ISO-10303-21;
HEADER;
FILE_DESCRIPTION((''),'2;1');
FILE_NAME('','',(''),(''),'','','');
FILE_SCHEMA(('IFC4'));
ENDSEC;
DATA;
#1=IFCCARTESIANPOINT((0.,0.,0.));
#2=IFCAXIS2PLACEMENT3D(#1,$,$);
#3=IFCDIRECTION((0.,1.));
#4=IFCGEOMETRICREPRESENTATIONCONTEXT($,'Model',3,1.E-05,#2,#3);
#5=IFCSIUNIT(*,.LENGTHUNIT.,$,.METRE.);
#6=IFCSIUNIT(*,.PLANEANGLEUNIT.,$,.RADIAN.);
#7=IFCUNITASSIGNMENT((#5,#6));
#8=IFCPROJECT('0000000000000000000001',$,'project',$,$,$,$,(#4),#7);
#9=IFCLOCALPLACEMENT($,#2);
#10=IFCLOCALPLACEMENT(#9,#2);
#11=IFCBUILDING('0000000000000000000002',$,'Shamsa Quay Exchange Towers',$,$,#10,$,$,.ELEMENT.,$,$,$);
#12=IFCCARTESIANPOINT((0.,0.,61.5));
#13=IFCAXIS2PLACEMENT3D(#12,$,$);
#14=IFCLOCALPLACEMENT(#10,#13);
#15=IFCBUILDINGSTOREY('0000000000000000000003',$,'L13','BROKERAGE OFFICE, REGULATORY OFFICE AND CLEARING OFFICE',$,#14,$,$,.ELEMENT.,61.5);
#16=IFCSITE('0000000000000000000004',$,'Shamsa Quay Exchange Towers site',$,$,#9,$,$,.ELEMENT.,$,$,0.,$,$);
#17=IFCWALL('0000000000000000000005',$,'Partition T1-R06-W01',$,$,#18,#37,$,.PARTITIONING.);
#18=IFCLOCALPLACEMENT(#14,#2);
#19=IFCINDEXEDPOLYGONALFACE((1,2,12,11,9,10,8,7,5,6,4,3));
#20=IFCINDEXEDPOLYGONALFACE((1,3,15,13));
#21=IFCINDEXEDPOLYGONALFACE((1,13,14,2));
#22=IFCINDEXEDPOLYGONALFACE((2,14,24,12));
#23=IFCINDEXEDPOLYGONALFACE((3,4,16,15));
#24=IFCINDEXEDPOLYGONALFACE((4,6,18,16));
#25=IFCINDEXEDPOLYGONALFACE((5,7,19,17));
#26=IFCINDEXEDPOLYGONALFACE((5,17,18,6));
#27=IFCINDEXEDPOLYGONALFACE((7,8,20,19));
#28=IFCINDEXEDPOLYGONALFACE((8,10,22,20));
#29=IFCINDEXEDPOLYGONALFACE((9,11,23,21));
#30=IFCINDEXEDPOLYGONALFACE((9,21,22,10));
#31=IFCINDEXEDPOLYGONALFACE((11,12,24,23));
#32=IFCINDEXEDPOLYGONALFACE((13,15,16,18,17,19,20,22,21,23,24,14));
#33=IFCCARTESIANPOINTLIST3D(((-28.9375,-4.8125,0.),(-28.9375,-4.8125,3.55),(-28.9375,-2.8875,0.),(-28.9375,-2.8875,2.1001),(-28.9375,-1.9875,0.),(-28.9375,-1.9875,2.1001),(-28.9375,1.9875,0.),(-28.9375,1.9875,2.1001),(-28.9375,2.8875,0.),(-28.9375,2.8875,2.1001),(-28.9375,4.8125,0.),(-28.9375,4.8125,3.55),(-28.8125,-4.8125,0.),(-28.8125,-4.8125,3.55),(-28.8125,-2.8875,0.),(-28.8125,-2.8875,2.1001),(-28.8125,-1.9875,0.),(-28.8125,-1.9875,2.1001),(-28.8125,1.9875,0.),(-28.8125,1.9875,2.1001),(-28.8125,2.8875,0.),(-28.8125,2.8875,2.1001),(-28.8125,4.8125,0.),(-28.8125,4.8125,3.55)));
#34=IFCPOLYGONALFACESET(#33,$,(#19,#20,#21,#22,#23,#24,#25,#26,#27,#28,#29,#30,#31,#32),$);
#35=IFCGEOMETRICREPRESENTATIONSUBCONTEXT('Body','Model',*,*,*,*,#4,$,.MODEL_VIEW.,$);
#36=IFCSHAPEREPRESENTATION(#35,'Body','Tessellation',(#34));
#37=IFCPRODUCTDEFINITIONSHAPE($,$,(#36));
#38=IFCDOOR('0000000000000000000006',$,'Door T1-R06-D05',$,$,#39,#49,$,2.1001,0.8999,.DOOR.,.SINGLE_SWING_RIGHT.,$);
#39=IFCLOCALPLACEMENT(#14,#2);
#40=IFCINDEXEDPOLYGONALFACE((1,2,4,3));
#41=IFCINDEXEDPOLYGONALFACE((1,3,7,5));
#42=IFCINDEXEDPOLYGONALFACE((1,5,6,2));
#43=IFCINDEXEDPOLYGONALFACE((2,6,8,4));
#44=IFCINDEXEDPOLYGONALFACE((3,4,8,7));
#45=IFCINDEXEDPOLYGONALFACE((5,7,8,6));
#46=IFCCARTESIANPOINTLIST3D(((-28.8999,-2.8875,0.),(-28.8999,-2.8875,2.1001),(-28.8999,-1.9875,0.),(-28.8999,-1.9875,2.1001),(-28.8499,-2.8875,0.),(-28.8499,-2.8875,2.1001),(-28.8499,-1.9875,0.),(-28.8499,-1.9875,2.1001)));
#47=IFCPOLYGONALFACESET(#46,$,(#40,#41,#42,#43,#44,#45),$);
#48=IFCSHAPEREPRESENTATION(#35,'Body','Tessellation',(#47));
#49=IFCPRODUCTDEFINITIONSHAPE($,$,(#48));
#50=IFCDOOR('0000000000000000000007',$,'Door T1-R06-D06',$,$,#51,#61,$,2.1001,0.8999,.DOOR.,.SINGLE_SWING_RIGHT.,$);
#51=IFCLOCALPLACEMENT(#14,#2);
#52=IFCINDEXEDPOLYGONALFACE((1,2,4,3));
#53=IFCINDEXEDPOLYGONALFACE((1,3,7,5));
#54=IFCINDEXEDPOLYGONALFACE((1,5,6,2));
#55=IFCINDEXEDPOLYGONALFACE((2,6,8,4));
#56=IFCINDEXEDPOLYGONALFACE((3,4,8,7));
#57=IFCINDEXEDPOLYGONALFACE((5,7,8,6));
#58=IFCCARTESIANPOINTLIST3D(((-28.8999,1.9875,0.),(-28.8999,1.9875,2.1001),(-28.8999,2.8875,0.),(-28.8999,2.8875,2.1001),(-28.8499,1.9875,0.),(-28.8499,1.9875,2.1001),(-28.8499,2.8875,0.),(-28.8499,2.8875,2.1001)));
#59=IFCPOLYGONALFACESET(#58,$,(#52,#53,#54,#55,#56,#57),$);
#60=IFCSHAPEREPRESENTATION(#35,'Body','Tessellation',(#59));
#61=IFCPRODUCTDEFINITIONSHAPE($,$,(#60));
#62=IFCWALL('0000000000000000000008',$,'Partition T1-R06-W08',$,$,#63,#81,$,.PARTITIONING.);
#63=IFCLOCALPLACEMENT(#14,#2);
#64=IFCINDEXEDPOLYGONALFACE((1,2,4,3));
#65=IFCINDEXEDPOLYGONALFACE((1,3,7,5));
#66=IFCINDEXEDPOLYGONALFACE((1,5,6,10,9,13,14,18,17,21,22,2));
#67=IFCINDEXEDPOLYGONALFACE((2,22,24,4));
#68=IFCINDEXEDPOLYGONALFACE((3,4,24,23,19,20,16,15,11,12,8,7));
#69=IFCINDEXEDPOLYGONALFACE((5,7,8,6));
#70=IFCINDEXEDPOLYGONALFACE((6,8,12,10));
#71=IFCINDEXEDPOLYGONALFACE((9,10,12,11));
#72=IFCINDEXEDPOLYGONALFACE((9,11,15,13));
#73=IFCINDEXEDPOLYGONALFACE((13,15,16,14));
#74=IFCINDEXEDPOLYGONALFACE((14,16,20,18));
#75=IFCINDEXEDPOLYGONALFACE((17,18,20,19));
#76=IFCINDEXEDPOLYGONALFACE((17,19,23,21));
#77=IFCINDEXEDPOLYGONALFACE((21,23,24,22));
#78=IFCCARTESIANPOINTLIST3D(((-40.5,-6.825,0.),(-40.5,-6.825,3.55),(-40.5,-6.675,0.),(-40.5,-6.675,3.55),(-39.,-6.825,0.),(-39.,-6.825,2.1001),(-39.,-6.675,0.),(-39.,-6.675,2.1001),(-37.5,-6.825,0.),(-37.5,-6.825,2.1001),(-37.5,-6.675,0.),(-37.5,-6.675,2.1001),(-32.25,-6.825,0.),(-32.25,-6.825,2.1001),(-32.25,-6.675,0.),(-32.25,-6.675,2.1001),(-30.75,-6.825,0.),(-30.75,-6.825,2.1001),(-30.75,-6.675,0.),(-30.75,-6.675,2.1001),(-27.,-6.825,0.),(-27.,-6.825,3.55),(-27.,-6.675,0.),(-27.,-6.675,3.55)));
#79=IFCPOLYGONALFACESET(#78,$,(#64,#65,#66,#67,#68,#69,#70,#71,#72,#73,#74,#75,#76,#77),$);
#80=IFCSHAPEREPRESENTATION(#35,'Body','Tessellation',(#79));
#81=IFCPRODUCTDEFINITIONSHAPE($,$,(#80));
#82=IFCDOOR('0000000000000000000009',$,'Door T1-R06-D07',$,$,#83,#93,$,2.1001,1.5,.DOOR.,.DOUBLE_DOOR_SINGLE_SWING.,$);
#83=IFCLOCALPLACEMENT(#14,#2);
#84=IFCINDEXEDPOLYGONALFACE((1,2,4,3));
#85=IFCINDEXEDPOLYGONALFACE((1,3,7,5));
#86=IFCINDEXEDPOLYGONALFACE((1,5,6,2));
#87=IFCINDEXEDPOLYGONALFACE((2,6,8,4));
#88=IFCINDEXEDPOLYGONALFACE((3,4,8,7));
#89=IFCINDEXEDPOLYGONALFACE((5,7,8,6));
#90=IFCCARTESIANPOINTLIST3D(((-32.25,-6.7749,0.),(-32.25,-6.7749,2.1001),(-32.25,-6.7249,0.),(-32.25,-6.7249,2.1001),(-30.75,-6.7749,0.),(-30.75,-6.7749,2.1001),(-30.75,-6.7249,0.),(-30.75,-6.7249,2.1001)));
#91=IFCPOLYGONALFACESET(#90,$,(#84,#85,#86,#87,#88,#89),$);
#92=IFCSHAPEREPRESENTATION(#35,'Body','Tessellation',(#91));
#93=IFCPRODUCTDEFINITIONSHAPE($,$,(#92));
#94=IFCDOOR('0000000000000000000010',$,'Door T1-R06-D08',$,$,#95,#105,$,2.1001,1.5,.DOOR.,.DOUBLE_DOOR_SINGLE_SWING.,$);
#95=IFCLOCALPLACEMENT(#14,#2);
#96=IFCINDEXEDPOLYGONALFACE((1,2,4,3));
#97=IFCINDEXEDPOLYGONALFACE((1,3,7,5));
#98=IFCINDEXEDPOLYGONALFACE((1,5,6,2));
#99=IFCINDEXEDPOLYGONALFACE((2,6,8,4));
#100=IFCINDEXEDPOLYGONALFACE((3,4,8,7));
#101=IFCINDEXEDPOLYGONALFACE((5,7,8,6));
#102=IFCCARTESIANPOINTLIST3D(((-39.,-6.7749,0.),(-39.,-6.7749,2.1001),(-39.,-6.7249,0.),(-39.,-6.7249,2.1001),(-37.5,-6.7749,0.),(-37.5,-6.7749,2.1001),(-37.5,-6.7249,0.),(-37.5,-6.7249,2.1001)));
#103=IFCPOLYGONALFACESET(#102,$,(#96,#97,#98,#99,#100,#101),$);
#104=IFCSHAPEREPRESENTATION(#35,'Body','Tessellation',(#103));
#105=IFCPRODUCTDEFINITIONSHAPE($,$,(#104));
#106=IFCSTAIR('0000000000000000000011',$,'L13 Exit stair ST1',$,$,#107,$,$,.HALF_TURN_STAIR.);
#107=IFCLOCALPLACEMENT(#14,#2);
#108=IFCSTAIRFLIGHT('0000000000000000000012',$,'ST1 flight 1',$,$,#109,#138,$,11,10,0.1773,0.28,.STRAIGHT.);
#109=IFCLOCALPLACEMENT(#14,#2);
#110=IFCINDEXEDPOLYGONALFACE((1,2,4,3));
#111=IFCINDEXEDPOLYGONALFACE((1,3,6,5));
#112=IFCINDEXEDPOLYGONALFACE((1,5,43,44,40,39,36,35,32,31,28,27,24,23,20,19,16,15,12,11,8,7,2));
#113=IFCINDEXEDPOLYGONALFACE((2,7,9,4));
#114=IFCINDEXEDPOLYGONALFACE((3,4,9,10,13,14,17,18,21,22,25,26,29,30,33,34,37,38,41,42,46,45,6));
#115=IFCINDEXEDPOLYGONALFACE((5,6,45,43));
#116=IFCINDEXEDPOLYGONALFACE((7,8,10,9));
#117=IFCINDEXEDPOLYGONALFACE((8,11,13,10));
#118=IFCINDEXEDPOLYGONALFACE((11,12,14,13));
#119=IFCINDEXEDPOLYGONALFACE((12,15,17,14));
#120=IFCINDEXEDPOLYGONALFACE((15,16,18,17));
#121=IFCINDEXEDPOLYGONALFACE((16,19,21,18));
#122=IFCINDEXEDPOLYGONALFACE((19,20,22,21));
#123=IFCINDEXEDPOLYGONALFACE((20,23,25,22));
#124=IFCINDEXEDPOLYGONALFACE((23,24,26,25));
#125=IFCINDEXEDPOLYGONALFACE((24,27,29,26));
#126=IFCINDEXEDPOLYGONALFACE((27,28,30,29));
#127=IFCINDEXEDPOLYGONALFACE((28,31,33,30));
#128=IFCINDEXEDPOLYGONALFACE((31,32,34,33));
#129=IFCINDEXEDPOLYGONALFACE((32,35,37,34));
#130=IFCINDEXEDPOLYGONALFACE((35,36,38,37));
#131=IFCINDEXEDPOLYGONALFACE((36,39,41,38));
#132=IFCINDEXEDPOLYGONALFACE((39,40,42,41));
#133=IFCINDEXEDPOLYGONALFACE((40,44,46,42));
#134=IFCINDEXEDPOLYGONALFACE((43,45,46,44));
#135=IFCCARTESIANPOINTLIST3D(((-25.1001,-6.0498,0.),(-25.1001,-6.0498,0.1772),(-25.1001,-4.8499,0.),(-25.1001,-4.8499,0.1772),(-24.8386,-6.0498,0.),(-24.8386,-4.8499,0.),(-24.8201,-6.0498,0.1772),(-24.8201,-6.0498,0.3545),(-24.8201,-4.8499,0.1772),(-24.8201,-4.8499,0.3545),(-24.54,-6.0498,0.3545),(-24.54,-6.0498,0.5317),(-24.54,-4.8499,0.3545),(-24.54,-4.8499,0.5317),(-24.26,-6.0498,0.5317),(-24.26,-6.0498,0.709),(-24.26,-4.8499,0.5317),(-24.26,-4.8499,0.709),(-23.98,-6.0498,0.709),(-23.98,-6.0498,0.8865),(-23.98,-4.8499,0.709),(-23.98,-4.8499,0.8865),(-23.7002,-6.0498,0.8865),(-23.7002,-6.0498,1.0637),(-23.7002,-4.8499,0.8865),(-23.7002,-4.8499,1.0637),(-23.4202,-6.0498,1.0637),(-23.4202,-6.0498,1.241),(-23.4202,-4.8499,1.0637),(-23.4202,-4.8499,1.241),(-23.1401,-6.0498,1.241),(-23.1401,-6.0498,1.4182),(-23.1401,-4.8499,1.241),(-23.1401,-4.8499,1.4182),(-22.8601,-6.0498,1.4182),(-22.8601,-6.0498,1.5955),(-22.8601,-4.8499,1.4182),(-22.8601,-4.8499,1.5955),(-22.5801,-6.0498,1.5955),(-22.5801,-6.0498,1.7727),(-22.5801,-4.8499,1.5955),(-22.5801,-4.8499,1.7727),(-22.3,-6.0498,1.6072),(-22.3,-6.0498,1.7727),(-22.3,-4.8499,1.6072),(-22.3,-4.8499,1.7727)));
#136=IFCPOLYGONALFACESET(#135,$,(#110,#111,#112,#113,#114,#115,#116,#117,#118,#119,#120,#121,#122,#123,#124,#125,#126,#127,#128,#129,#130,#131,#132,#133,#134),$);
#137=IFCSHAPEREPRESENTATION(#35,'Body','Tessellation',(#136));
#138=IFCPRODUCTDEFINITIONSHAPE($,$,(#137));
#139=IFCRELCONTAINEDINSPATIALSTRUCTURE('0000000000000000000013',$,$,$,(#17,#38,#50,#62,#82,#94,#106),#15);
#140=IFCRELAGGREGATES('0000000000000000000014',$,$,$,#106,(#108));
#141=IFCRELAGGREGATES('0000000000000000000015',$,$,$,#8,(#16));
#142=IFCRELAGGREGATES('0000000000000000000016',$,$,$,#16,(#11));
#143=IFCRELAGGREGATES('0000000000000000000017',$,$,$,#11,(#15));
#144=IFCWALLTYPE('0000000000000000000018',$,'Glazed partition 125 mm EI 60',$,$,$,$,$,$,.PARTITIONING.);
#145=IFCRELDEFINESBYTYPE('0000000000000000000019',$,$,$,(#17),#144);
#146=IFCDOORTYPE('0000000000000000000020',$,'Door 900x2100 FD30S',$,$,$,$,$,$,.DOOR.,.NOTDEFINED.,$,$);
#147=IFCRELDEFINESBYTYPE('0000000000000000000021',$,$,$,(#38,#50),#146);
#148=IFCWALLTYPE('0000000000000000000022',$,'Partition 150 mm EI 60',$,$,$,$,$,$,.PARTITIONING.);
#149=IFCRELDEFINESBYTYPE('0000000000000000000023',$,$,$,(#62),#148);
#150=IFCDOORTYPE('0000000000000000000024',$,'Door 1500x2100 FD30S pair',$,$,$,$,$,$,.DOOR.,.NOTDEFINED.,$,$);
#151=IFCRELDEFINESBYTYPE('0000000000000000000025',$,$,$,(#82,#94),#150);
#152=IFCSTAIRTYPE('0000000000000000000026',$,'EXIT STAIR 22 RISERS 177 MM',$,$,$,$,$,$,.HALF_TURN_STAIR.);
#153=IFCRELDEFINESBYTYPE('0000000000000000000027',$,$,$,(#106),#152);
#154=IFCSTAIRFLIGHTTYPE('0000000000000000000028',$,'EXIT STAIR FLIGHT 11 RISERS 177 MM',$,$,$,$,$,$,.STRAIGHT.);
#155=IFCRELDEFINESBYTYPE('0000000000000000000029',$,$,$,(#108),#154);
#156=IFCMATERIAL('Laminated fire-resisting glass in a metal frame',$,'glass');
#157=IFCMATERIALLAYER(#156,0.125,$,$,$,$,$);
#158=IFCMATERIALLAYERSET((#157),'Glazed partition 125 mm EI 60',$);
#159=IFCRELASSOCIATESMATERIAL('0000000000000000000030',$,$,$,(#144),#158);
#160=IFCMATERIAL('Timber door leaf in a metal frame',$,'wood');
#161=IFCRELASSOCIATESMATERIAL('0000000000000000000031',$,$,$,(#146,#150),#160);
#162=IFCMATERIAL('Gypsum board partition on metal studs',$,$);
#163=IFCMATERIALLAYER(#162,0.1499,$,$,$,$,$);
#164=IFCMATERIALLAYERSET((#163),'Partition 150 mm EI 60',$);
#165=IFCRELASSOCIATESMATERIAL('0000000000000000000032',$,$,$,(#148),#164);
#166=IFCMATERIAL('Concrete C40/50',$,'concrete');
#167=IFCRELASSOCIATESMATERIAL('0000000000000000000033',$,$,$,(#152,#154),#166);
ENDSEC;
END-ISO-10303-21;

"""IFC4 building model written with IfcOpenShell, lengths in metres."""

from ifc_helpers import new_model, si_unit, direction, frame, frame_2d, origin, place, context, subcontext, project, spatial, polyline, rectangle, outline, extrude, material, layer, layer_set, type_object, element, fill, aggregate, save


model = new_model("IFC4")

# Units and contexts
model_context = context("Model", 3, precision=1e-05, world=origin(), true_north=direction((0.0, 1.0)))
body_context = subcontext(model_context, "Body", "Model", "MODEL_VIEW")
ifc_project = project(units=[si_unit("LENGTHUNIT", "METRE"), si_unit("PLANEANGLEUNIT", "RADIAN")], contexts=[model_context])

# Site, building, storey
site_placement = place(None, origin())
site = spatial("IfcSite", under=ifc_project, at=site_placement, Name="Shamsa Quay Exchange Towers site", CompositionType="ELEMENT", RefElevation=0.0)
building_placement = place(site_placement, origin())
building = spatial("IfcBuilding", under=site, at=building_placement, Name="Shamsa Quay Exchange Towers", CompositionType="ELEMENT")
storey_placement = place(building_placement, frame((0.0, 0.0, 61.5)))
storey = spatial("IfcBuildingStorey", under=building, at=storey_placement, Name="L13", Description="BROKERAGE OFFICE, REGULATORY OFFICE AND CLEARING OFFICE", CompositionType="ELEMENT", Elevation=61.5)

# Walls, openings, doors
ifc_material_1 = material(Name="Laminated fire-resisting glass in a metal frame", Category="glass")
ifc_layer_1 = layer(ifc_material_1, 0.125)
ifc_layer_set_1 = layer_set([ifc_layer_1], Name="Glazed partition 125 mm EI 60")
wall_type_1 = type_object("IfcWallType", Name="Glazed partition 125 mm EI 60", PredefinedType="PARTITIONING", material=ifc_layer_set_1)
wall_1_placement = place(storey_placement, frame((-28.875, -4.8125, 0.0), z_axis=(0.0, 0.0, 1.0), x_axis=(0.0, 1.0, 0.0)))
wall_1 = element("IfcWall", 1, at=wall_1_placement, inside=storey, type_object=wall_type_1, Name="Partition T1-R06-W01", PredefinedType="PARTITIONING", context=body_context, shape_type="SweptSolid", body=[
    extrude(rectangle(XDim=9.625, YDim=0.125, at=frame_2d((4.8125, 0.0))), origin(), (0.0, 0.0, 1.0), 3.55),
])
opening_1_placement = place(wall_1_placement, frame((1.925, 0.0, 0.0)))
opening_1 = element("IfcOpeningElement", 2, at=opening_1_placement, cuts=wall_1, PredefinedType="OPENING", context=body_context, shape_type="SweptSolid", body=[
    extrude(rectangle(XDim=0.8999, YDim=2.1001, at=frame_2d((0.45, 1.05))), frame((0.0, 0.0725, 0.0), z_axis=(0.0, -1.0, 0.0), x_axis=(1.0, 0.0, 0.0)), (0.0, 0.0, 1.0), 0.145),
])
opening_2_placement = place(wall_1_placement, frame((6.8, 0.0, 0.0)))
opening_2 = element("IfcOpeningElement", 3, at=opening_2_placement, cuts=wall_1, PredefinedType="OPENING", context=body_context, shape_type="SweptSolid", body=[
    extrude(rectangle(XDim=0.8999, YDim=2.1001, at=frame_2d((0.45, 1.05))), frame((0.0, 0.0725, 0.0), z_axis=(0.0, -1.0, 0.0), x_axis=(1.0, 0.0, 0.0)), (0.0, 0.0, 1.0), 0.145),
])
ifc_material_2 = material(Name="Timber door leaf in a metal frame", Category="wood")
door_type_1 = type_object("IfcDoorType", Name="Door 900x2100 FD30S", OperationType="NOTDEFINED", PredefinedType="DOOR", material=ifc_material_2)
door_1_placement = place(opening_1_placement, origin())
door_1 = element("IfcDoor", 4, at=door_1_placement, inside=storey, type_object=door_type_1, Name="Door T1-R06-D05", OperationType="SINGLE_SWING_RIGHT", OverallHeight=2.1001, OverallWidth=0.8999, PredefinedType="DOOR", context=body_context, shape_type="SweptSolid", body=[
    extrude(rectangle(XDim=0.8999, YDim=2.1001, at=frame_2d((0.45, 1.05))), frame((0.0, 0.0249, 0.0), z_axis=(0.0, -1.0, 0.0), x_axis=(1.0, 0.0, 0.0)), (0.0, 0.0, 1.0), 0.05),
])
fill(opening_1, door_1)
door_2_placement = place(opening_2_placement, origin())
door_2 = element("IfcDoor", 5, at=door_2_placement, inside=storey, type_object=door_type_1, Name="Door T1-R06-D06", OperationType="SINGLE_SWING_RIGHT", OverallHeight=2.1001, OverallWidth=0.8999, PredefinedType="DOOR", context=body_context, shape_type="SweptSolid", body=[
    extrude(rectangle(XDim=0.8999, YDim=2.1001, at=frame_2d((0.45, 1.05))), frame((0.0, 0.0249, 0.0), z_axis=(0.0, -1.0, 0.0), x_axis=(1.0, 0.0, 0.0)), (0.0, 0.0, 1.0), 0.05),
])
fill(opening_2, door_2)
ifc_material_3 = material(Name="Gypsum board partition on metal studs")
ifc_layer_2 = layer(ifc_material_3, 0.1499)
ifc_layer_set_2 = layer_set([ifc_layer_2], Name="Partition 150 mm EI 60")
wall_type_2 = type_object("IfcWallType", Name="Partition 150 mm EI 60", PredefinedType="PARTITIONING", material=ifc_layer_set_2)
wall_2_placement = place(storey_placement, frame((-27.0, -6.75, 0.0), z_axis=(0.0, 0.0, 1.0), x_axis=(-1.0, 0.0, 0.0)))
wall_2 = element("IfcWall", 6, at=wall_2_placement, inside=storey, type_object=wall_type_2, Name="Partition T1-R06-W08", PredefinedType="PARTITIONING", context=body_context, shape_type="SweptSolid", body=[
    extrude(rectangle(XDim=13.5, YDim=0.1499, at=frame_2d((6.75, 0.0))), origin(), (0.0, 0.0, 1.0), 3.55),
])
opening_3_placement = place(wall_2_placement, frame((3.75, 0.0, 0.0)))
opening_3 = element("IfcOpeningElement", 7, at=opening_3_placement, cuts=wall_2, PredefinedType="OPENING", context=body_context, shape_type="SweptSolid", body=[
    extrude(rectangle(XDim=1.5, YDim=2.1001, at=frame_2d((0.75, 1.05))), frame((0.0, 0.085, 0.0), z_axis=(0.0, -1.0, 0.0), x_axis=(1.0, 0.0, 0.0)), (0.0, 0.0, 1.0), 0.1699),
])
opening_4_placement = place(wall_2_placement, frame((10.5, 0.0, 0.0)))
opening_4 = element("IfcOpeningElement", 8, at=opening_4_placement, cuts=wall_2, PredefinedType="OPENING", context=body_context, shape_type="SweptSolid", body=[
    extrude(rectangle(XDim=1.5, YDim=2.1001, at=frame_2d((0.75, 1.05))), frame((0.0, 0.085, 0.0), z_axis=(0.0, -1.0, 0.0), x_axis=(1.0, 0.0, 0.0)), (0.0, 0.0, 1.0), 0.1699),
])
door_type_2 = type_object("IfcDoorType", Name="Door 1500x2100 FD30S pair", OperationType="NOTDEFINED", PredefinedType="DOOR", material=ifc_material_2)
door_3_placement = place(opening_3_placement, origin())
door_3 = element("IfcDoor", 9, at=door_3_placement, inside=storey, type_object=door_type_2, Name="Door T1-R06-D07", OperationType="DOUBLE_DOOR_SINGLE_SWING", OverallHeight=2.1001, OverallWidth=1.5, PredefinedType="DOOR", context=body_context, shape_type="SweptSolid", body=[
    extrude(rectangle(XDim=1.5, YDim=2.1001, at=frame_2d((0.75, 1.05))), frame((0.0, 0.0249, 0.0), z_axis=(0.0, -1.0, 0.0), x_axis=(1.0, 0.0, 0.0)), (0.0, 0.0, 1.0), 0.05),
])
fill(opening_3, door_3)
door_4_placement = place(opening_4_placement, origin())
door_4 = element("IfcDoor", 10, at=door_4_placement, inside=storey, type_object=door_type_2, Name="Door T1-R06-D08", OperationType="DOUBLE_DOOR_SINGLE_SWING", OverallHeight=2.1001, OverallWidth=1.5, PredefinedType="DOOR", context=body_context, shape_type="SweptSolid", body=[
    extrude(rectangle(XDim=1.5, YDim=2.1001, at=frame_2d((0.75, 1.05))), frame((0.0, 0.0249, 0.0), z_axis=(0.0, -1.0, 0.0), x_axis=(1.0, 0.0, 0.0)), (0.0, 0.0, 1.0), 0.05),
])
fill(opening_4, door_4)

# Stair, stair flight
ifc_material_4 = material(Name="Concrete C40/50", Category="concrete")
stair_type = type_object("IfcStairType", Name="EXIT STAIR 22 RISERS 177 MM", PredefinedType="HALF_TURN_STAIR", material=ifc_material_4)
stair_placement = place(storey_placement, origin())
stair = element("IfcStair", 11, at=stair_placement, inside=storey, type_object=stair_type, Name="L13 Exit stair ST1", PredefinedType="HALF_TURN_STAIR")
stair_flight_type = type_object("IfcStairFlightType", Name="EXIT STAIR FLIGHT 11 RISERS 177 MM", PredefinedType="STRAIGHT", material=ifc_material_4)
stair_flight_placement = place(storey_placement, frame((-25.1001, -5.45, 0.0)))
stair_flight = element("IfcStairFlight", 12, at=stair_flight_placement, type_object=stair_flight_type, Name="ST1 flight 1", NumberOfRisers=11, NumberOfTreads=10, PredefinedType="STRAIGHT", RiserHeight=0.1773, TreadLength=0.28, context=body_context, shape_type="SweptSolid", body=[
    extrude(outline(polyline([(0.0, 0.0), (0.0, 0.1772), (0.28, 0.1772), (0.28, 0.3545), (0.5601, 0.3545), (0.5601, 0.5317), (0.8401, 0.5317), (0.8401, 0.709), (1.1201, 0.709), (1.1201, 0.8865), (1.3999, 0.8865), (1.3999, 1.0637), (1.6799, 1.0637), (1.6799, 1.241), (1.96, 1.241), (1.96, 1.4182), (2.24, 1.4182), (2.24, 1.5955), (2.52, 1.5955), (2.52, 1.7727), (2.8, 1.7727), (2.8, 1.95), (2.8, 1.6072), (0.2615, 0.0), (0.0, 0.0)])), frame((0.0, 0.6001, 0.0), z_axis=(0.0, -1.0, 0.0), x_axis=(1.0, 0.0, 0.0)), (0.0, 0.0, 1.0), 1.2),
])
aggregate(stair, [stair_flight])

save(model, "model.ifc")
